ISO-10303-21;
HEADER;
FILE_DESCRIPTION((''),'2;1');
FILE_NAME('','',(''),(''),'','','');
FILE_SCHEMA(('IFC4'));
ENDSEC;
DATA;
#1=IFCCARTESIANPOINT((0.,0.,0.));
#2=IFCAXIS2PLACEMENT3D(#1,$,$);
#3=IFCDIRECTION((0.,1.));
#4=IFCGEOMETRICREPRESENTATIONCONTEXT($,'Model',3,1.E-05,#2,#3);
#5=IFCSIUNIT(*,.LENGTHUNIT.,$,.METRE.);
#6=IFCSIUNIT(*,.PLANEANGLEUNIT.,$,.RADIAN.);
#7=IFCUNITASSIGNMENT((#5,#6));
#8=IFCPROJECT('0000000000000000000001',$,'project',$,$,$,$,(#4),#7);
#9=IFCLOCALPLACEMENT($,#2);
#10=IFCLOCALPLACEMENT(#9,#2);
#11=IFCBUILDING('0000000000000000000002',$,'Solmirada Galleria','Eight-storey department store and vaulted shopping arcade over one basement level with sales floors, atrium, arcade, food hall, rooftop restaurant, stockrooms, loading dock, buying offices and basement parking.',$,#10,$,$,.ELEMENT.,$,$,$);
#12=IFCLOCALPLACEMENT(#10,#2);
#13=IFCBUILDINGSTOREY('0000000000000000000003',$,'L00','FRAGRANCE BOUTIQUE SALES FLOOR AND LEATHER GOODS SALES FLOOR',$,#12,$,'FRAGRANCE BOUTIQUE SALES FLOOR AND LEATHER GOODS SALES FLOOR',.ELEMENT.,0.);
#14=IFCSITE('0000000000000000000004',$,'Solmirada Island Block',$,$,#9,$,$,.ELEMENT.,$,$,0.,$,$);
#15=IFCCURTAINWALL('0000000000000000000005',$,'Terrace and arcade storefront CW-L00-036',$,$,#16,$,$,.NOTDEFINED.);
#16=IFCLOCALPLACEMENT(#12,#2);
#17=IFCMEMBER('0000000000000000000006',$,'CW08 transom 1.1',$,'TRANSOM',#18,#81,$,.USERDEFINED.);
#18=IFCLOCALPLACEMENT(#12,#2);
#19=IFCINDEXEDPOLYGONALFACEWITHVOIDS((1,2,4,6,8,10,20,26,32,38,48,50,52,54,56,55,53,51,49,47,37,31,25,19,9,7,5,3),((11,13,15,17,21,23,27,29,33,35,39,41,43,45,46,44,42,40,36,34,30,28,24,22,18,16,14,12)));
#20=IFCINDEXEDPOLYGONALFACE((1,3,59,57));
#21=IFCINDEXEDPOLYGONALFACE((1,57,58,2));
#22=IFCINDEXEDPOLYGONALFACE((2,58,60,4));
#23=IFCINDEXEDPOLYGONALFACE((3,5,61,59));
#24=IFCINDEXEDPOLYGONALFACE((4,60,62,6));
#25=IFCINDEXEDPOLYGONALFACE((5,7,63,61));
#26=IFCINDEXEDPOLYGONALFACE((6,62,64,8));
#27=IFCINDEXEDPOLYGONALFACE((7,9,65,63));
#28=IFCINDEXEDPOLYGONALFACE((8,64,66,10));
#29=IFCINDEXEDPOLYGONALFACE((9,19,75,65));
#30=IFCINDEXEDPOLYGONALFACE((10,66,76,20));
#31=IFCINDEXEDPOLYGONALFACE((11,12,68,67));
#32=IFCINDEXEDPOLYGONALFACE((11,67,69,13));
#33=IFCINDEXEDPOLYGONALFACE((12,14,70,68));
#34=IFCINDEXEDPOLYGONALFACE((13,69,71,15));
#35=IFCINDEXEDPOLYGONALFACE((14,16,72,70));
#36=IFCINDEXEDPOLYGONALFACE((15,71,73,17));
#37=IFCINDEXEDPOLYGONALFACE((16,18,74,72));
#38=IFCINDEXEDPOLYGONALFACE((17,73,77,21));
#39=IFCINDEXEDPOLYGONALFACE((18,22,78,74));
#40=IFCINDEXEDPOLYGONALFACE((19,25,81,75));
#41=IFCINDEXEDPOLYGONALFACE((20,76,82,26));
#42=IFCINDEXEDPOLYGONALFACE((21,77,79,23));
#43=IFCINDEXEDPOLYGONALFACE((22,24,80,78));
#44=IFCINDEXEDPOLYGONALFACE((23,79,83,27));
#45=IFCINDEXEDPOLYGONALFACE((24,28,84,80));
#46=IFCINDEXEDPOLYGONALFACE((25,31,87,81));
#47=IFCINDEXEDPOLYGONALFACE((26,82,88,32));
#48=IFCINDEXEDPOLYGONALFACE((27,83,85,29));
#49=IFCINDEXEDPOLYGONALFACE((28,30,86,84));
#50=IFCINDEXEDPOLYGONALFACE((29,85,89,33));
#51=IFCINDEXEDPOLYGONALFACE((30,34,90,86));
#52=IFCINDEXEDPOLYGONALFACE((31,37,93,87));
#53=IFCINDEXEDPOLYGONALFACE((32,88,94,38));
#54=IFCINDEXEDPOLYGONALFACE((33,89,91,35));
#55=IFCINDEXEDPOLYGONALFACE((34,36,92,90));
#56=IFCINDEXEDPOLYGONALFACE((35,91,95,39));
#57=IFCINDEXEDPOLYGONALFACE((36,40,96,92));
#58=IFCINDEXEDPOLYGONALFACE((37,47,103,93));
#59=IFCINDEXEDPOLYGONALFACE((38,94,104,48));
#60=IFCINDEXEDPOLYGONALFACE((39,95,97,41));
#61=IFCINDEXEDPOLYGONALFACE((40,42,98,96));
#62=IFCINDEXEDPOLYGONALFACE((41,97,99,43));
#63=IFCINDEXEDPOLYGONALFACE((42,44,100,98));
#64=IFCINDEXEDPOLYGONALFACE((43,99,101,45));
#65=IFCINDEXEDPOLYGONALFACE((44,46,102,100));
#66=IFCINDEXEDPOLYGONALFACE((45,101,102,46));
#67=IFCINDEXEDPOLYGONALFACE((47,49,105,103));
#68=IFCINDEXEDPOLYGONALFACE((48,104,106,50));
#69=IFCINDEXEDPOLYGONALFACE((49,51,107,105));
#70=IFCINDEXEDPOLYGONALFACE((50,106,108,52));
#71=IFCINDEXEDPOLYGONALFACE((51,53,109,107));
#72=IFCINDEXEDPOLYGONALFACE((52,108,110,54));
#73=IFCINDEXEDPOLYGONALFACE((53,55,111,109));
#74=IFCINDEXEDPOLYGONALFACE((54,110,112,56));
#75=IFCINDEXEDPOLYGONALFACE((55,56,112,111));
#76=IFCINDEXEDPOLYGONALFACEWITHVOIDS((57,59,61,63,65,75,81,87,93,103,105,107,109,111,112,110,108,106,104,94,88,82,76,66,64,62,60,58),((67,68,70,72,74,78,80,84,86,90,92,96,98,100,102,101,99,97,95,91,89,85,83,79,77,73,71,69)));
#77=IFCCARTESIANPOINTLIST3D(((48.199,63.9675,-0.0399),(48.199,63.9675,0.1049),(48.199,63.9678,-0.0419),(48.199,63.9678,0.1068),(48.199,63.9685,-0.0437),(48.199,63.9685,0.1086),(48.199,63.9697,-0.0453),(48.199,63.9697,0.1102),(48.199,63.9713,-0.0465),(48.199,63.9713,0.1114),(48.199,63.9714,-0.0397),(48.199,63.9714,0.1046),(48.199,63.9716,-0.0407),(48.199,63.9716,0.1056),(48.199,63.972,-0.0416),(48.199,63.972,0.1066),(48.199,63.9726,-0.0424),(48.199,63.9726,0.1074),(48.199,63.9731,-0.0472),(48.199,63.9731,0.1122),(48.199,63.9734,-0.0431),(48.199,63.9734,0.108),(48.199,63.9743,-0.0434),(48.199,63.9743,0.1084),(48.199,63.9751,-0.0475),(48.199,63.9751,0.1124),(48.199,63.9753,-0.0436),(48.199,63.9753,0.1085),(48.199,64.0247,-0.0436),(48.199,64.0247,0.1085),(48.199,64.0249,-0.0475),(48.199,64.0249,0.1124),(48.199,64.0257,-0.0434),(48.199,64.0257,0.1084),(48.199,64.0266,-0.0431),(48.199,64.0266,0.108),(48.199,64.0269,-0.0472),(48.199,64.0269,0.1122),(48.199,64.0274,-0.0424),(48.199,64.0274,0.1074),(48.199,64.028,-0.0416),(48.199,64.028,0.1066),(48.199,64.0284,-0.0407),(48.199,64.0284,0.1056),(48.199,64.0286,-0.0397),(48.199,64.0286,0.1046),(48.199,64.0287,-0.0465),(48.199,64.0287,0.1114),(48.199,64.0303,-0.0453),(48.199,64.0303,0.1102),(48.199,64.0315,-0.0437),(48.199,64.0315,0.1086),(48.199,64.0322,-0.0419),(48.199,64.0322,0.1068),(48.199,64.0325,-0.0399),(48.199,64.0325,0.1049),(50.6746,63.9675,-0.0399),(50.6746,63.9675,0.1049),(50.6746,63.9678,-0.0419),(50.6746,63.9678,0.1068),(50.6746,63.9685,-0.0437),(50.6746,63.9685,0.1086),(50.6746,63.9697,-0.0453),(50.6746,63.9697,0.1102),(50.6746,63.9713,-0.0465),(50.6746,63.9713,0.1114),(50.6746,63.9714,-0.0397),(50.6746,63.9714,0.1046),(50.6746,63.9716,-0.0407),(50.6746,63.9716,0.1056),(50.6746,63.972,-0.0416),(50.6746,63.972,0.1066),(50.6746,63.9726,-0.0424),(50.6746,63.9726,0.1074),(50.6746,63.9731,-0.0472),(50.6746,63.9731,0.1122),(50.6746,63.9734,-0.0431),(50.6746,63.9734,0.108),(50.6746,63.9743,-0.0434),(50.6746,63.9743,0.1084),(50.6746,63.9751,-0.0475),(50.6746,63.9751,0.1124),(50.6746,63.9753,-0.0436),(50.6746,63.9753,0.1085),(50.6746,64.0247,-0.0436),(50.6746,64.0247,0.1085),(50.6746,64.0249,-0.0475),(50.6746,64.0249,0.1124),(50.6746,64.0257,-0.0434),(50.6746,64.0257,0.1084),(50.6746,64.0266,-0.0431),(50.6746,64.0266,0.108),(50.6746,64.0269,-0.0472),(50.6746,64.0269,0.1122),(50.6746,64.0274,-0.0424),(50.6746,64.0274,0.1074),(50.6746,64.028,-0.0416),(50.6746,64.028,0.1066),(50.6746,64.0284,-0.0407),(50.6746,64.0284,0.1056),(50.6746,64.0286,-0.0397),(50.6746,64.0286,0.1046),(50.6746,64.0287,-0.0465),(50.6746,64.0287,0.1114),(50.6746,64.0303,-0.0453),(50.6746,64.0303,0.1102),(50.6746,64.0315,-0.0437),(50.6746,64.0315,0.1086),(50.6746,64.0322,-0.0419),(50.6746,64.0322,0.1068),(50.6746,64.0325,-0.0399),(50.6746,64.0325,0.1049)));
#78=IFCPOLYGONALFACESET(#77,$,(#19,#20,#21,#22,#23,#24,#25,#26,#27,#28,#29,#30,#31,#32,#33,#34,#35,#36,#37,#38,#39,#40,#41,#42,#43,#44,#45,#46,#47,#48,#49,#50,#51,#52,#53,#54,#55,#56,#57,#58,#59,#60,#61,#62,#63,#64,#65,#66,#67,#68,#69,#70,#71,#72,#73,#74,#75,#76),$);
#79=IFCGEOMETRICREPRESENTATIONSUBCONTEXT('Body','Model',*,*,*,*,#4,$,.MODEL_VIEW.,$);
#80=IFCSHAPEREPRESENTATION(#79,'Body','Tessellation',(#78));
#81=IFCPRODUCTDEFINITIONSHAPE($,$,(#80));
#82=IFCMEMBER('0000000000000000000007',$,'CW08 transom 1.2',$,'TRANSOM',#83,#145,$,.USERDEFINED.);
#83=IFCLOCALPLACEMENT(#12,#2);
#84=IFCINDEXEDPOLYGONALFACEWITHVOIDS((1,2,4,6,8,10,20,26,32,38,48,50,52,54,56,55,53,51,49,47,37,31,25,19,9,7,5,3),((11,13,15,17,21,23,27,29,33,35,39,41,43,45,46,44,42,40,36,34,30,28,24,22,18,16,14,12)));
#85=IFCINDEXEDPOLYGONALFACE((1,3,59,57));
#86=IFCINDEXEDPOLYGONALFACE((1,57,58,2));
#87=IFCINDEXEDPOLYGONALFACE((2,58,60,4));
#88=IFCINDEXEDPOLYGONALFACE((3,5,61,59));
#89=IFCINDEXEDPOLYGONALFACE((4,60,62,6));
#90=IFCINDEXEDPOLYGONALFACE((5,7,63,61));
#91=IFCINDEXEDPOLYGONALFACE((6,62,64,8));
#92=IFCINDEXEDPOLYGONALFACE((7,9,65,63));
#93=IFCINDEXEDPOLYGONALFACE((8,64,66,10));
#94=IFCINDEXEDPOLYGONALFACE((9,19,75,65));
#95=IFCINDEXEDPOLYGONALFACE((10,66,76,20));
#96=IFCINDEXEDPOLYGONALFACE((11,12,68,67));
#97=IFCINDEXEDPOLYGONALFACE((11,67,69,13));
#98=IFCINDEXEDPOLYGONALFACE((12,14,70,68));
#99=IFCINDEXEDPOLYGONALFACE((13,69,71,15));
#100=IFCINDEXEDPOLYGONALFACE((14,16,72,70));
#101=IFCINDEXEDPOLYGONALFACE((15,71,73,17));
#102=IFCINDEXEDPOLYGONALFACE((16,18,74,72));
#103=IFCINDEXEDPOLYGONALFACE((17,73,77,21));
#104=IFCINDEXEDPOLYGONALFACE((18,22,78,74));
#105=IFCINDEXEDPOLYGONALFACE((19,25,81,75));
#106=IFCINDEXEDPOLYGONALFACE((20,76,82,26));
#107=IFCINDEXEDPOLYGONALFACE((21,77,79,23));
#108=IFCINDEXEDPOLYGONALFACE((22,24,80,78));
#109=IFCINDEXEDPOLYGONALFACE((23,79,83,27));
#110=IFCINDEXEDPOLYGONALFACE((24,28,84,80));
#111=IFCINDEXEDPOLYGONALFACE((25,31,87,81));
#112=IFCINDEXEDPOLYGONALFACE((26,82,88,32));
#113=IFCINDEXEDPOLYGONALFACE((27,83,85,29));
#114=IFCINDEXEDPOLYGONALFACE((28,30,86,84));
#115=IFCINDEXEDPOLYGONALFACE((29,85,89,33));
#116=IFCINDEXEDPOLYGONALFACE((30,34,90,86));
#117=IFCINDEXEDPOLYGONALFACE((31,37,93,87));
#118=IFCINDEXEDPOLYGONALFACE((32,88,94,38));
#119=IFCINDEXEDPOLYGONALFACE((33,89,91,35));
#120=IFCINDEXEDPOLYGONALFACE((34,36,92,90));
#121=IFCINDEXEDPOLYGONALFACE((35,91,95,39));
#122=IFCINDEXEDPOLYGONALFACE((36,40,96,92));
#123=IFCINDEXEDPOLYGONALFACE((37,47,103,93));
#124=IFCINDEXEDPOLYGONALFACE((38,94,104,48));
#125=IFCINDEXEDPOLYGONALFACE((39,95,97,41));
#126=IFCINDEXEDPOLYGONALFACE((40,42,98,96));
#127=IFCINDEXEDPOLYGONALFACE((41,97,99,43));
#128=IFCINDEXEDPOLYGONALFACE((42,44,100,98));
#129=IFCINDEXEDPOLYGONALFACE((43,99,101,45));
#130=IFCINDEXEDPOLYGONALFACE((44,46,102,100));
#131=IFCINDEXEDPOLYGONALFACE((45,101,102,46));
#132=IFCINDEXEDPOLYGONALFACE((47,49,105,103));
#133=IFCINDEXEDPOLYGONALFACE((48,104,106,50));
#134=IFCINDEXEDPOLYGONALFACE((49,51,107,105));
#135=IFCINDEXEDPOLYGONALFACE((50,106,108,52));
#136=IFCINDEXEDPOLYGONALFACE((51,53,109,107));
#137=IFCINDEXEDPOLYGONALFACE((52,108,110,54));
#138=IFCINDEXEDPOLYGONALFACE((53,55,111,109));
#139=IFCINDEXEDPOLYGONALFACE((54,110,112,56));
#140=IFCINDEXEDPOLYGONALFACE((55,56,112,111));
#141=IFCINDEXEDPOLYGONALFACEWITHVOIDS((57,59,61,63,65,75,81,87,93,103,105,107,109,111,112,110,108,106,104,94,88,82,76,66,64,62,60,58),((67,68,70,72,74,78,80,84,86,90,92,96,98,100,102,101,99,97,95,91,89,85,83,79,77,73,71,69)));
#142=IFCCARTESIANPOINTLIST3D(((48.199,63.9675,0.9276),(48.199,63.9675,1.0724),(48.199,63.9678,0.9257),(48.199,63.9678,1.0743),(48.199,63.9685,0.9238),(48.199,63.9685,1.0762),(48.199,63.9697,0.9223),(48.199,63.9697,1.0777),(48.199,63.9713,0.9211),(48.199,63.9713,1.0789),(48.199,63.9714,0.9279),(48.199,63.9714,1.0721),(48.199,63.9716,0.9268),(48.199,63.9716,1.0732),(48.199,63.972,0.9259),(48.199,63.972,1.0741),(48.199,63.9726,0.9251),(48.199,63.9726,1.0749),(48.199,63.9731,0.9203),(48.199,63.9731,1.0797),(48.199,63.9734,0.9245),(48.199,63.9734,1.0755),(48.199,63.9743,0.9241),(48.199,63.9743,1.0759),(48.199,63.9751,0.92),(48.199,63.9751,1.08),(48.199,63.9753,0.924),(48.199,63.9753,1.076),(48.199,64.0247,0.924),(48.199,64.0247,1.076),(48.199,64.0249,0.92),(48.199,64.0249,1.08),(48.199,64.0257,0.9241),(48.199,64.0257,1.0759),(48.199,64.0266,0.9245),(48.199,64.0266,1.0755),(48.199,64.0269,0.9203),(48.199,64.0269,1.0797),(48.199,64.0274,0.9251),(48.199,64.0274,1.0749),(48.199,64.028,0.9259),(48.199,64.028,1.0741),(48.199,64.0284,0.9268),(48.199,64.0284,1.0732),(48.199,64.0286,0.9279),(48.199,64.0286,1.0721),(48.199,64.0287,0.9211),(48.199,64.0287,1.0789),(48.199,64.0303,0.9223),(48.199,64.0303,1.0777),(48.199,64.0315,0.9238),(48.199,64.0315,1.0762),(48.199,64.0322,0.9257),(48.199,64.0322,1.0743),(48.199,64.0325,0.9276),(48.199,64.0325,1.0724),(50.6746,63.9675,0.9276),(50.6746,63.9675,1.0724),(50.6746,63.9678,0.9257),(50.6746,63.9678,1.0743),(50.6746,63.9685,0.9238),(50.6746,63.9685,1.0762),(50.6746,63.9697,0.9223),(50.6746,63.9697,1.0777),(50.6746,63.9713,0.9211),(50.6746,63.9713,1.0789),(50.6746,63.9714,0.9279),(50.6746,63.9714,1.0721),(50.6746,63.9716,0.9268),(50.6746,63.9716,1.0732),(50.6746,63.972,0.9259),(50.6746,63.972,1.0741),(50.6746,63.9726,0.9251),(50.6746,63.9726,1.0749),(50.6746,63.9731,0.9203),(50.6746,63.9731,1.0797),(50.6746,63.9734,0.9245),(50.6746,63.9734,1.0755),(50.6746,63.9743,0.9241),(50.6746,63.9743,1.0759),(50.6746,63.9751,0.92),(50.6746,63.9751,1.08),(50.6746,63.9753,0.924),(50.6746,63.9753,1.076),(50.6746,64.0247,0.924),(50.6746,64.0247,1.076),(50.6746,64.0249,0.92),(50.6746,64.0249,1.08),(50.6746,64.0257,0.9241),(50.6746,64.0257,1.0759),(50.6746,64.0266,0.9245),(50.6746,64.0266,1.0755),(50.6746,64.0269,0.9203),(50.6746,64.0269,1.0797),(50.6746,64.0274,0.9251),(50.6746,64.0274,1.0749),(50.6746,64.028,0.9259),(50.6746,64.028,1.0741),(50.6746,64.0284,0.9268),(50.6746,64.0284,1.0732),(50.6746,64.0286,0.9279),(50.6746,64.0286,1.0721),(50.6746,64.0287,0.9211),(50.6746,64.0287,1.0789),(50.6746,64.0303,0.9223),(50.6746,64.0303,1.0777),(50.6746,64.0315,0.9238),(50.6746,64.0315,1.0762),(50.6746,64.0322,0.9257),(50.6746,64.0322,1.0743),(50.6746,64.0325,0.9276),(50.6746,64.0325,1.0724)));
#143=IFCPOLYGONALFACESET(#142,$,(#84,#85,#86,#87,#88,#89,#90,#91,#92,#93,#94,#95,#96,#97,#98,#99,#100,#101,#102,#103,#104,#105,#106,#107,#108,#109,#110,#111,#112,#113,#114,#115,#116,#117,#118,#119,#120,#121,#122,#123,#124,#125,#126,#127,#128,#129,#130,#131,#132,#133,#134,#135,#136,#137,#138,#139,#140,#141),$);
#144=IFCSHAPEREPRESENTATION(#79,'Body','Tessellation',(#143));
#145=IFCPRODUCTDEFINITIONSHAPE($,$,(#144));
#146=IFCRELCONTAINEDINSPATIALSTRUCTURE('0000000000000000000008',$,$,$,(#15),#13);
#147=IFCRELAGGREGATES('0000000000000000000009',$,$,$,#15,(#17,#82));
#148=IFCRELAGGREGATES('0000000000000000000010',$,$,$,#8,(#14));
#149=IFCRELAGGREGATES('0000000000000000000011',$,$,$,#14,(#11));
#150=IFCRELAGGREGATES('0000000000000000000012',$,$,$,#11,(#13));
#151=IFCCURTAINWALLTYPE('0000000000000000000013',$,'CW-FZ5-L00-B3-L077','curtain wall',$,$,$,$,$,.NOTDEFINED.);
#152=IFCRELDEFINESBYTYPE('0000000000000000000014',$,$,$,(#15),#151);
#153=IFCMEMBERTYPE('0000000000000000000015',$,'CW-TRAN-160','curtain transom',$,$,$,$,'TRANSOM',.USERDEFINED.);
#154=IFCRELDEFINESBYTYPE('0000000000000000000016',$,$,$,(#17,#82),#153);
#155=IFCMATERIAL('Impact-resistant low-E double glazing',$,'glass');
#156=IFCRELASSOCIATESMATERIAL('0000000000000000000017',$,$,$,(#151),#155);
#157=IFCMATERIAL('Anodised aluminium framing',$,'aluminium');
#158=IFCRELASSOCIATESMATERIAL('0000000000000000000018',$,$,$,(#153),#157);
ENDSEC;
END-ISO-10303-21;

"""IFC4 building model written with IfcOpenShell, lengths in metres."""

from ifc_helpers import new_model, si_unit, direction, frame, origin, origin_2d, place, context, subcontext, project, spatial, hollow_rectangle, extrude, material, material_profile, profile_set, type_object, element, aggregate, save


model = new_model("IFC4")

# Units and contexts
model_context = context("Model", 3, precision=1e-05, world=origin(), true_north=direction((0.0, 1.0)))
body_context = subcontext(model_context, "Body", "Model", "MODEL_VIEW")
ifc_project = project(units=[si_unit("LENGTHUNIT", "METRE"), si_unit("PLANEANGLEUNIT", "RADIAN")], contexts=[model_context])

# Site, building, storey
site_placement = place(None, origin())
site = spatial("IfcSite", under=ifc_project, at=site_placement, Name="Solmirada Island Block", CompositionType="ELEMENT", RefElevation=0.0)
building_placement = place(site_placement, origin())
building = spatial("IfcBuilding", under=site, at=building_placement, Name="Solmirada Galleria", Description="Eight-storey department store and vaulted shopping arcade over one basement level with sales floors, atrium, arcade, food hall, rooftop restaurant, stockrooms, loading dock, buying offices and basement parking.", CompositionType="ELEMENT")
storey_placement = place(building_placement, origin())
storey = spatial("IfcBuildingStorey", under=building, at=storey_placement, Name="L00", Description="FRAGRANCE BOUTIQUE SALES FLOOR AND LEATHER GOODS SALES FLOOR", LongName="FRAGRANCE BOUTIQUE SALES FLOOR AND LEATHER GOODS SALES FLOOR", CompositionType="ELEMENT", Elevation=0.0)

# Shared definitions
ifc_material_1 = material(Name="Impact-resistant low-E double glazing", Category="glass")
ifc_material_2 = material(Name="Anodised aluminium framing", Category="aluminium")

# Shared definitions
curtain_wall_type_1 = type_object("IfcCurtainWallType", Name="CW-FZ5-L00-B3-L077", Description="curtain wall", PredefinedType="NOTDEFINED", material=ifc_material_1)

# Curtain wall
curtain_wall_1_placement = place(storey_placement, origin())
curtain_wall_1 = element("IfcCurtainWall", 1, at=curtain_wall_1_placement, inside=storey, type_object=curtain_wall_type_1, Name="Terrace and arcade storefront CW-L00-036", PredefinedType="NOTDEFINED")

# Members
ifc_material_profile_1 = material_profile(ifc_material_2, hollow_rectangle(XDim=0.0649, YDim=0.1599, WallThickness=0.0039, InnerFilletRadius=0.0039, OuterFilletRadius=0.0076, at=origin_2d()), Name="ALU-TRAN-160X65")
ifc_profile_set_1 = profile_set([ifc_material_profile_1], Name="Anodised aluminium framing")
member_type_1 = type_object("IfcMemberType", Name="CW-TRAN-160", Description="curtain transom", ElementType="TRANSOM", PredefinedType="USERDEFINED", material=ifc_profile_set_1)
member_1_placement = place(storey_placement, frame((48.199, 64.0, 0.0325), z_axis=(1.0, 0.0, 0.0), x_axis=(0.0, 1.0, 0.0)))
member_1 = element("IfcMember", 2, at=member_1_placement, type_object=member_type_1, Name="CW08 transom 1.1", ObjectType="TRANSOM", PredefinedType="USERDEFINED", context=body_context, shape_type="SweptSolid", body=[
    extrude(hollow_rectangle(XDim=0.0649, YDim=0.1599, WallThickness=0.0039, InnerFilletRadius=0.0039, OuterFilletRadius=0.0076, at=origin_2d()), origin(), (0.0, 0.0, 1.0), 2.4756),
])
member_2_placement = place(storey_placement, frame((48.199, 64.0, 1.0), z_axis=(1.0, 0.0, 0.0), x_axis=(0.0, 1.0, 0.0)))
member_2 = element("IfcMember", 3, at=member_2_placement, type_object=member_type_1, Name="CW08 transom 1.2", ObjectType="TRANSOM", PredefinedType="USERDEFINED", context=body_context, shape_type="SweptSolid", body=[
    extrude(hollow_rectangle(XDim=0.0649, YDim=0.1599, WallThickness=0.0039, InnerFilletRadius=0.0039, OuterFilletRadius=0.0076, at=origin_2d()), origin(), (0.0, 0.0, 1.0), 2.4756),
])

aggregate(curtain_wall_1, [member_1, member_2])

save(model, "model.ifc")
